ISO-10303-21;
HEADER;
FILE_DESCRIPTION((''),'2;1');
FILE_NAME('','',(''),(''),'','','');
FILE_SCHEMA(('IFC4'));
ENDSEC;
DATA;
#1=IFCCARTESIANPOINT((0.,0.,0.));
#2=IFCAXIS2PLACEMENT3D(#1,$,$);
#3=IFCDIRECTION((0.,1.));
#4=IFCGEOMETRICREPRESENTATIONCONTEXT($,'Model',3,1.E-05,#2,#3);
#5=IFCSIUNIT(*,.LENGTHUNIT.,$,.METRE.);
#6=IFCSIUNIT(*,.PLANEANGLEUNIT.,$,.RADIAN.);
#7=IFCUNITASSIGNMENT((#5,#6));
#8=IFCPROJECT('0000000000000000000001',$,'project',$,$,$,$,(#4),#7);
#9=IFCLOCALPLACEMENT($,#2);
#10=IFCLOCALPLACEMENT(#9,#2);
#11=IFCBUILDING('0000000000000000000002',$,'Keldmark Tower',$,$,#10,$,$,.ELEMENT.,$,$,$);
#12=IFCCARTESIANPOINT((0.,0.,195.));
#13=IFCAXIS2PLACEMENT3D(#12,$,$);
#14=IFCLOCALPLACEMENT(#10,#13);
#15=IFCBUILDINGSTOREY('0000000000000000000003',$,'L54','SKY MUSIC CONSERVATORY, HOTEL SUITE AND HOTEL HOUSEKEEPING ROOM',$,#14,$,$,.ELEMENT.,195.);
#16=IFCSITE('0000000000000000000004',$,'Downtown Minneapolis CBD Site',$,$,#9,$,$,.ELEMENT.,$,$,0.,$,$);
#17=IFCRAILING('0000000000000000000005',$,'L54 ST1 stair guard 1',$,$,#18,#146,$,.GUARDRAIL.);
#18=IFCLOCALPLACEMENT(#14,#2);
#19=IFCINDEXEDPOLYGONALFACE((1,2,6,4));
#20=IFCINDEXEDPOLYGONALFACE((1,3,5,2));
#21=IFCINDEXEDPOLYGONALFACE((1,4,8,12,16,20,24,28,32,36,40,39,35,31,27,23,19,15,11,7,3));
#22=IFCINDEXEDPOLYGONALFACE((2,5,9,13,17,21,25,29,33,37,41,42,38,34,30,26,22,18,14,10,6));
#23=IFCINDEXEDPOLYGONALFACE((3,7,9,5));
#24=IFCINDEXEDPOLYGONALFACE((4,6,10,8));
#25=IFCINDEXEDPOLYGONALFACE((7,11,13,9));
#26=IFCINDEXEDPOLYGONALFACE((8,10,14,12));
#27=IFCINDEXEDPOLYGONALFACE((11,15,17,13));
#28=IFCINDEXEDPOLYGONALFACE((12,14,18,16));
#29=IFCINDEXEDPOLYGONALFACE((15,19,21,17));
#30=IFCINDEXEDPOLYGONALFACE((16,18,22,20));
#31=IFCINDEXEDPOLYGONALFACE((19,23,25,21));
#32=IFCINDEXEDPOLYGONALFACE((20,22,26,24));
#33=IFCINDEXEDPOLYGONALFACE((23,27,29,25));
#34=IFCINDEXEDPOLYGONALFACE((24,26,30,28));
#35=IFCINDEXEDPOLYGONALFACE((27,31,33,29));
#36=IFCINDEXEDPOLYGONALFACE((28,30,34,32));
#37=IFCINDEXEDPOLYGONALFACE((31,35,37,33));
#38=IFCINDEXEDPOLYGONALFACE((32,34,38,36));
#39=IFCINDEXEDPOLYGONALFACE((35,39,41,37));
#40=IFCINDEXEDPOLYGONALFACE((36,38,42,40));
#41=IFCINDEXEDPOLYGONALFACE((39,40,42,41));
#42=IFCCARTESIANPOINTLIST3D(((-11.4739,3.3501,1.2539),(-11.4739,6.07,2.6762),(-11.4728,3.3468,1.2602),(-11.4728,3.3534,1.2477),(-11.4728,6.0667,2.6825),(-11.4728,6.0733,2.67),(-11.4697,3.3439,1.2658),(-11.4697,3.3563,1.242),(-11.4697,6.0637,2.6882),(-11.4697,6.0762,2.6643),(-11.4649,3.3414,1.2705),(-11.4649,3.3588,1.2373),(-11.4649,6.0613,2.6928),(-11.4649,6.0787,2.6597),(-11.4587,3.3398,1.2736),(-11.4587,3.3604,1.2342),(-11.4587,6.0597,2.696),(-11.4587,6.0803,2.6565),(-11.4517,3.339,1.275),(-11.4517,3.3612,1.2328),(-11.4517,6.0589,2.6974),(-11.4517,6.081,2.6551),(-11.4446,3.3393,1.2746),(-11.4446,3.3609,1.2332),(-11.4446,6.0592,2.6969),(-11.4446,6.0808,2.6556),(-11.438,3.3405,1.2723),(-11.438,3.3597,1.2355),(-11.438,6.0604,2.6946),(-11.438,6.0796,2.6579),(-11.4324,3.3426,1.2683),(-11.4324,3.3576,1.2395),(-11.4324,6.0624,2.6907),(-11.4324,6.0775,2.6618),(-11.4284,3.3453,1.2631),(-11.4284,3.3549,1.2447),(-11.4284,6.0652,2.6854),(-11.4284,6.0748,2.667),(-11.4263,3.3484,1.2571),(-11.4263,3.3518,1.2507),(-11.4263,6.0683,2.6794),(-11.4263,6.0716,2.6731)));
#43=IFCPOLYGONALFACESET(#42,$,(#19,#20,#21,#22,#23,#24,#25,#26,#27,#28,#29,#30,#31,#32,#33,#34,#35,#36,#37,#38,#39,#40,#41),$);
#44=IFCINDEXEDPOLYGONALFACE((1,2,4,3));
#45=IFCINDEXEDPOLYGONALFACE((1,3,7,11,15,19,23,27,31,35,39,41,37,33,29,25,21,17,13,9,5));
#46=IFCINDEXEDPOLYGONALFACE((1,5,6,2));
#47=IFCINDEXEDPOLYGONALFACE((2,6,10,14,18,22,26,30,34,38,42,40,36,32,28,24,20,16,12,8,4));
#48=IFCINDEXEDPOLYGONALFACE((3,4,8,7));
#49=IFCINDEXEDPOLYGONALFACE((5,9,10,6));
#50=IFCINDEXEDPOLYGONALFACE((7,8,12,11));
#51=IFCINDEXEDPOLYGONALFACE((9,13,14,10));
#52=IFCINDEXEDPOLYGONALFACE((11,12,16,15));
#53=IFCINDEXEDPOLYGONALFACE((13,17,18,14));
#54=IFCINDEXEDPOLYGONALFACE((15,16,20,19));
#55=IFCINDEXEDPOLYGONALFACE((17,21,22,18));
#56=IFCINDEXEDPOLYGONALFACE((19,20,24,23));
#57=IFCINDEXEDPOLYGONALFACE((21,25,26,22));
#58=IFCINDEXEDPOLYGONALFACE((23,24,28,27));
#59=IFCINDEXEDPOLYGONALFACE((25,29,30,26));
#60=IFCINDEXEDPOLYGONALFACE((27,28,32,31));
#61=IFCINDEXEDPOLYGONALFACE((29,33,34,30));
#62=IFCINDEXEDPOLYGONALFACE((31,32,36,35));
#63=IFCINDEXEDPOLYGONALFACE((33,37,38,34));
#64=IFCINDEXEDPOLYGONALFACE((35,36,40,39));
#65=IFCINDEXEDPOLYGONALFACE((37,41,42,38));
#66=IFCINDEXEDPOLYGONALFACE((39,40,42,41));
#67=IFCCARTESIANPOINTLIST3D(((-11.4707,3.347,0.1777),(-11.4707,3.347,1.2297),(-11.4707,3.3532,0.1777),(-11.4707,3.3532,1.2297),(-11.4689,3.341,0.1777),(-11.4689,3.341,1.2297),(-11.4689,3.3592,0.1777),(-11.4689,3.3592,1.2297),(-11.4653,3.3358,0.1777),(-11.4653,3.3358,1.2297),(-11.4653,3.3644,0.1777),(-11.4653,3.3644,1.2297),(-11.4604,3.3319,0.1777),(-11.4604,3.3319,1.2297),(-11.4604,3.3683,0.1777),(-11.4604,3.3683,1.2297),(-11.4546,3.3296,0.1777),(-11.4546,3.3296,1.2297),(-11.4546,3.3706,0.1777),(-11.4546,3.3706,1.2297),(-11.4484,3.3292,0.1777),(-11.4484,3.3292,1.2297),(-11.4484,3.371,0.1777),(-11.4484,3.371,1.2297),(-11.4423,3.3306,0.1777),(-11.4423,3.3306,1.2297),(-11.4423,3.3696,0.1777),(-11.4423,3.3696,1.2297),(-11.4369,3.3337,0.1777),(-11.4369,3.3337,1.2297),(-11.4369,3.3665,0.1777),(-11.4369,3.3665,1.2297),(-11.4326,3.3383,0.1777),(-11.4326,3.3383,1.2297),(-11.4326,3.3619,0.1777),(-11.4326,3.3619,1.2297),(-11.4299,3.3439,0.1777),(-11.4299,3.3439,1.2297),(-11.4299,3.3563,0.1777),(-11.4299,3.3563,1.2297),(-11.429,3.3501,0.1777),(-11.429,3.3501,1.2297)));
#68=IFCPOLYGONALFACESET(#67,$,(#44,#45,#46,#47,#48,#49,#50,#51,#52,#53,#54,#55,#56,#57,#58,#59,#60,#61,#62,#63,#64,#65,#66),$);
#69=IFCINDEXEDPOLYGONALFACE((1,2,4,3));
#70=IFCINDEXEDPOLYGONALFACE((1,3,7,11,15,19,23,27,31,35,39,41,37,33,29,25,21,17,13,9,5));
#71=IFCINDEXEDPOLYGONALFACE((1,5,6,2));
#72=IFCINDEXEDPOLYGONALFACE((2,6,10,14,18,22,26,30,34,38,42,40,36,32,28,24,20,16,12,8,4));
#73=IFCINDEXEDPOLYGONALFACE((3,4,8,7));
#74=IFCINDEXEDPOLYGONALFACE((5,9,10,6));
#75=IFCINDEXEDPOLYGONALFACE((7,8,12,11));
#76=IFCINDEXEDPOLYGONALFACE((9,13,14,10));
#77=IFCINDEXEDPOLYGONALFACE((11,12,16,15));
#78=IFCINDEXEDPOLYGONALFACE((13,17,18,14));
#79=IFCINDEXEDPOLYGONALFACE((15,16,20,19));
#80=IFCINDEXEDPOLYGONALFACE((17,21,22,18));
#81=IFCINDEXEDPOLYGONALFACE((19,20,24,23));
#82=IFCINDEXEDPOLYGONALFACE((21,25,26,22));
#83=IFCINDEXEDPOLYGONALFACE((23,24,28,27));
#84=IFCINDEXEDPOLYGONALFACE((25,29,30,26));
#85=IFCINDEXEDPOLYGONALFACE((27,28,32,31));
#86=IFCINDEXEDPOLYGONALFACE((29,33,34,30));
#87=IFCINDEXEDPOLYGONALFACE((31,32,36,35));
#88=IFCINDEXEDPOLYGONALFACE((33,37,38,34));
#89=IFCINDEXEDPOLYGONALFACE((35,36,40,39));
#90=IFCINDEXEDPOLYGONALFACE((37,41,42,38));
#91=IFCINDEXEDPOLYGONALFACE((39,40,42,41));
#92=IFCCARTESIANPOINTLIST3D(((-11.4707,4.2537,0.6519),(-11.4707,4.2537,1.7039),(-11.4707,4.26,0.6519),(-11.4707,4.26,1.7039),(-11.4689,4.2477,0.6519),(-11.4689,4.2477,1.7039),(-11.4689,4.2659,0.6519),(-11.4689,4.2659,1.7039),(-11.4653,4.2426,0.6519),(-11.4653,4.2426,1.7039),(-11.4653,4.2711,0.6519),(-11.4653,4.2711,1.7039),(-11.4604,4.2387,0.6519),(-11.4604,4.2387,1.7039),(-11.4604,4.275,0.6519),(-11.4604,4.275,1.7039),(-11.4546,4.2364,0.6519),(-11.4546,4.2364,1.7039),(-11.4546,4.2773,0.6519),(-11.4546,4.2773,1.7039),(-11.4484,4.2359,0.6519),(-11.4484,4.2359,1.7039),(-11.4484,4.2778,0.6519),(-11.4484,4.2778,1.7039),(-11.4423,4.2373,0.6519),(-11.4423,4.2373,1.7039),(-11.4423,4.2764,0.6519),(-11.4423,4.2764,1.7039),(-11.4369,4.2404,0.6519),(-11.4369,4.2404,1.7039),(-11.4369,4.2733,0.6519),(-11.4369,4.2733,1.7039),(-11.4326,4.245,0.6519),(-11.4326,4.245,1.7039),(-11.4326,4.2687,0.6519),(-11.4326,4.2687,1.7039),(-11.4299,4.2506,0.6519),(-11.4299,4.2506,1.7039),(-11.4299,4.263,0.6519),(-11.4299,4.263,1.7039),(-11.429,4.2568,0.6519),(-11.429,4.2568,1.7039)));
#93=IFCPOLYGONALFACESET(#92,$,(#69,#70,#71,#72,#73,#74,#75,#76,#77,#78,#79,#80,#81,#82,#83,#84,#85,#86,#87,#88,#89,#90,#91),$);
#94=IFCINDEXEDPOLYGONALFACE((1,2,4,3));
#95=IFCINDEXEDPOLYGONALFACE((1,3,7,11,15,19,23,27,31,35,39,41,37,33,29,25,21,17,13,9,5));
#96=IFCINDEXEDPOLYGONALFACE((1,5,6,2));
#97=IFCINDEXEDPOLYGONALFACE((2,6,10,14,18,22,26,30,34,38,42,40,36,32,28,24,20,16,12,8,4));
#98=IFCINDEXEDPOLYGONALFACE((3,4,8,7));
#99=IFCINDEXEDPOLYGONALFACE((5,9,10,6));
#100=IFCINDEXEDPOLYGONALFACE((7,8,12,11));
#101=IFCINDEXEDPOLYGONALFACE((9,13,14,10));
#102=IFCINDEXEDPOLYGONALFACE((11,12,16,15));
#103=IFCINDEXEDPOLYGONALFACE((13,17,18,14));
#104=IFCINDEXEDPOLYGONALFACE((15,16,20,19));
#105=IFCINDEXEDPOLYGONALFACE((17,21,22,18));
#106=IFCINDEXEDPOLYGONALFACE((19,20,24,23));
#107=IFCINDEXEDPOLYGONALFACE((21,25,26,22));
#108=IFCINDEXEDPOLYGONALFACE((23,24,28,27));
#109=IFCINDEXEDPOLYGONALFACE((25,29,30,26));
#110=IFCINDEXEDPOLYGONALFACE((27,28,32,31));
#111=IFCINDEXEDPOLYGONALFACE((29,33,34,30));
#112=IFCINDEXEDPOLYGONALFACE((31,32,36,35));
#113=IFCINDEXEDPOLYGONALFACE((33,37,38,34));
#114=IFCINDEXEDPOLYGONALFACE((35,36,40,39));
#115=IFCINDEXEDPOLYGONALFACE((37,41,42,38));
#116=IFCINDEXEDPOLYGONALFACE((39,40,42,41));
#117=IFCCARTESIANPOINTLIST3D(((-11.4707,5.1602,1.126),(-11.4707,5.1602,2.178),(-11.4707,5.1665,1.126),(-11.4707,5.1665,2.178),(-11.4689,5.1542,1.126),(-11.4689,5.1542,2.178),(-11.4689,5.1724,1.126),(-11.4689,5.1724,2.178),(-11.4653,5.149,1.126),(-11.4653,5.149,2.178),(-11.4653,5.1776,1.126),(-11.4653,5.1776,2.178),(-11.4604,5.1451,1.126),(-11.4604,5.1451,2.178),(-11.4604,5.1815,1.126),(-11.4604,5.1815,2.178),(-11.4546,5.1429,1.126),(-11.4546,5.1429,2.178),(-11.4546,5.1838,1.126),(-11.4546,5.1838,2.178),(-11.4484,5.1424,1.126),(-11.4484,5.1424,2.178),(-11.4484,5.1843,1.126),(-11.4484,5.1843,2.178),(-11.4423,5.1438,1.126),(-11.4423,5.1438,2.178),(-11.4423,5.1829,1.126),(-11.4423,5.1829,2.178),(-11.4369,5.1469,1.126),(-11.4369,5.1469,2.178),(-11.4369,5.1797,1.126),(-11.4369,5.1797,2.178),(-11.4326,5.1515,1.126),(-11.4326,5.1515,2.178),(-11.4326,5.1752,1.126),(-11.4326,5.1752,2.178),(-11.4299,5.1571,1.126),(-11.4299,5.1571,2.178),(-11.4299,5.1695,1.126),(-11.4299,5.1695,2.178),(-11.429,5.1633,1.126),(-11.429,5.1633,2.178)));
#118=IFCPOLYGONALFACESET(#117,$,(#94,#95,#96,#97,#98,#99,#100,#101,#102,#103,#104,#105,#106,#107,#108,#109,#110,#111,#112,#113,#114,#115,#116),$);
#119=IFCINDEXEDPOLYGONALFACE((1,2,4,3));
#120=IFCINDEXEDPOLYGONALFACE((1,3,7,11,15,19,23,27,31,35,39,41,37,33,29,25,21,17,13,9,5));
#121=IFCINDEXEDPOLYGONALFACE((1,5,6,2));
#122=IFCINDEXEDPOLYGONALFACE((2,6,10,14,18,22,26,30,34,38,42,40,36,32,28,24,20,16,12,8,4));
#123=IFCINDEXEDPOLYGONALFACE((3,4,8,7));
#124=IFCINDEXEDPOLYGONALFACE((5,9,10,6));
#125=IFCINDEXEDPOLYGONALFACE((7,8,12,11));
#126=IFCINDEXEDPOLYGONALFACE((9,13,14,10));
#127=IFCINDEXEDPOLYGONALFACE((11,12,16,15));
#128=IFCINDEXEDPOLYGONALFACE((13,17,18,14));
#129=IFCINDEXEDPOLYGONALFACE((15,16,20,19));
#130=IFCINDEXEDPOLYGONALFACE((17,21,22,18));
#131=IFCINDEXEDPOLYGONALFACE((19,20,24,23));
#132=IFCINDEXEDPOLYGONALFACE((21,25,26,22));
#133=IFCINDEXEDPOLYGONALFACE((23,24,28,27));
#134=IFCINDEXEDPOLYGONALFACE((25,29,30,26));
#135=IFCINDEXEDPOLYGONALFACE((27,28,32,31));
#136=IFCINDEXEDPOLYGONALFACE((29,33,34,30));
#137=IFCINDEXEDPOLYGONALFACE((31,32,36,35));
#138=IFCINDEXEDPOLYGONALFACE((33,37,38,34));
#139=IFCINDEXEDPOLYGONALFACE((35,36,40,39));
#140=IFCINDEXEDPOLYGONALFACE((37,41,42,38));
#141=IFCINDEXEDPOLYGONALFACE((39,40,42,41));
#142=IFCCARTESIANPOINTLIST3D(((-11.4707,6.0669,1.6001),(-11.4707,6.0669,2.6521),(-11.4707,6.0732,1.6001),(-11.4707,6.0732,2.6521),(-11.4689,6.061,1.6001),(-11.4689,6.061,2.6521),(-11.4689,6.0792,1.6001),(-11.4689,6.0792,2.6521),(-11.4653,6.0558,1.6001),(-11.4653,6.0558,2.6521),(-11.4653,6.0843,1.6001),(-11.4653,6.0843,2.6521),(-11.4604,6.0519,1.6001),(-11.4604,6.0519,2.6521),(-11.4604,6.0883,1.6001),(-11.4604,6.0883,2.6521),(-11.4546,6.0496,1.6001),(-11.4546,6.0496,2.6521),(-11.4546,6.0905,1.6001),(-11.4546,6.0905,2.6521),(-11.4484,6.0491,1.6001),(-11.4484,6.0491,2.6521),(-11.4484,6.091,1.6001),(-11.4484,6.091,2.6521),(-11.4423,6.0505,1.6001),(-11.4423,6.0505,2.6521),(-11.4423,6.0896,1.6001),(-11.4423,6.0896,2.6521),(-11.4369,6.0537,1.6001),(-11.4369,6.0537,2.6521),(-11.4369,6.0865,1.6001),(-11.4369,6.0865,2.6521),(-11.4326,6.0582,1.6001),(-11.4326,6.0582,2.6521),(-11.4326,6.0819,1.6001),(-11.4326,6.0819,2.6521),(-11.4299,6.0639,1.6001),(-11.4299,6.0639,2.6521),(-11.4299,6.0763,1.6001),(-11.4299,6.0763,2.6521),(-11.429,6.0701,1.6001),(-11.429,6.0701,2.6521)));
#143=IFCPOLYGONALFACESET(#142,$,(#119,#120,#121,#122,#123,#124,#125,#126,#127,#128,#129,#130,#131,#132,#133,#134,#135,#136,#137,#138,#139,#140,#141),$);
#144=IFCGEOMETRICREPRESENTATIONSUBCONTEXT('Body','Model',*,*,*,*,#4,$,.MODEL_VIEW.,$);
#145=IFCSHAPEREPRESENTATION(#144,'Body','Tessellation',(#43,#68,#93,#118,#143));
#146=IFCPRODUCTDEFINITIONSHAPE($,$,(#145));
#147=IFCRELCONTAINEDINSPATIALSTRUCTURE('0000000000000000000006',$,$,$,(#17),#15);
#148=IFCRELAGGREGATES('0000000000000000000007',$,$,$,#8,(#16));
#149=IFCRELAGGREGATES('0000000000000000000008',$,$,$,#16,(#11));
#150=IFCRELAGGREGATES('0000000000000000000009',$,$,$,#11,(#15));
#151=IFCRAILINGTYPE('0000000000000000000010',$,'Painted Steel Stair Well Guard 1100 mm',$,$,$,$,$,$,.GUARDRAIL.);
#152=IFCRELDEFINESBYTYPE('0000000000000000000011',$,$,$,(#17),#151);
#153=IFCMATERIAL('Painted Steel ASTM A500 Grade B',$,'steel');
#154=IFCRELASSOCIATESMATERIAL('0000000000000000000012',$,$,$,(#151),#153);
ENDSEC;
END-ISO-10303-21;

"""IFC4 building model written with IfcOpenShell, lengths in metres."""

from ifc_helpers import new_model, si_unit, direction, frame, origin, origin_2d, place, context, subcontext, project, spatial, circle, extrude, material, type_object, element, save


model = new_model("IFC4")

# Units and contexts
model_context = context("Model", 3, precision=1e-05, world=origin(), true_north=direction((0.0, 1.0)))
body_context = subcontext(model_context, "Body", "Model", "MODEL_VIEW")
ifc_project = project(units=[si_unit("LENGTHUNIT", "METRE"), si_unit("PLANEANGLEUNIT", "RADIAN")], contexts=[model_context])

# Site, building, storey
site_placement = place(None, origin())
site = spatial("IfcSite", under=ifc_project, at=site_placement, Name="Downtown Minneapolis CBD Site", CompositionType="ELEMENT", RefElevation=0.0)
building_placement = place(site_placement, origin())
building = spatial("IfcBuilding", under=site, at=building_placement, Name="Keldmark Tower", CompositionType="ELEMENT")
storey_placement = place(building_placement, frame((0.0, 0.0, 195.0)))
storey = spatial("IfcBuildingStorey", under=building, at=storey_placement, Name="L54", Description="SKY MUSIC CONSERVATORY, HOTEL SUITE AND HOTEL HOUSEKEEPING ROOM", CompositionType="ELEMENT", Elevation=195.0)

# Railing
ifc_material_1 = material(Name="Painted Steel ASTM A500 Grade B", Category="steel")
railing_type_1 = type_object("IfcRailingType", Name="Painted Steel Stair Well Guard 1100 mm", PredefinedType="GUARDRAIL", material=ifc_material_1)
railing_1_placement = place(storey_placement, frame((-11.45, 3.3501, 0.1777)))
element("IfcRailing", 1, at=railing_1_placement, inside=storey, type_object=railing_type_1, Name="L54 ST1 stair guard 1", PredefinedType="GUARDRAIL", context=body_context, shape_type="SweptSolid", body=[
    extrude(circle(Radius=0.0239, at=origin_2d()), frame((0.0, 0.0, 1.0762), z_axis=(0.0, 0.88615, 0.463398), x_axis=(-1.0, 0.0, 0.0)), (0.0, 0.0, 1.0), 3.0693),
    extrude(circle(Radius=0.021, at=origin_2d()), origin(), (0.0, 0.0, 1.0), 1.052),
    extrude(circle(Radius=0.021, at=origin_2d()), frame((0.0, 0.9067, 0.4741)), (0.0, 0.0, 1.0), 1.052),
    extrude(circle(Radius=0.021, at=origin_2d()), frame((0.0, 1.8132, 0.9482)), (0.0, 0.0, 1.0), 1.052),
    extrude(circle(Radius=0.021, at=origin_2d()), frame((0.0, 2.72, 1.4224)), (0.0, 0.0, 1.0), 1.052),
])

save(model, "model.ifc")
